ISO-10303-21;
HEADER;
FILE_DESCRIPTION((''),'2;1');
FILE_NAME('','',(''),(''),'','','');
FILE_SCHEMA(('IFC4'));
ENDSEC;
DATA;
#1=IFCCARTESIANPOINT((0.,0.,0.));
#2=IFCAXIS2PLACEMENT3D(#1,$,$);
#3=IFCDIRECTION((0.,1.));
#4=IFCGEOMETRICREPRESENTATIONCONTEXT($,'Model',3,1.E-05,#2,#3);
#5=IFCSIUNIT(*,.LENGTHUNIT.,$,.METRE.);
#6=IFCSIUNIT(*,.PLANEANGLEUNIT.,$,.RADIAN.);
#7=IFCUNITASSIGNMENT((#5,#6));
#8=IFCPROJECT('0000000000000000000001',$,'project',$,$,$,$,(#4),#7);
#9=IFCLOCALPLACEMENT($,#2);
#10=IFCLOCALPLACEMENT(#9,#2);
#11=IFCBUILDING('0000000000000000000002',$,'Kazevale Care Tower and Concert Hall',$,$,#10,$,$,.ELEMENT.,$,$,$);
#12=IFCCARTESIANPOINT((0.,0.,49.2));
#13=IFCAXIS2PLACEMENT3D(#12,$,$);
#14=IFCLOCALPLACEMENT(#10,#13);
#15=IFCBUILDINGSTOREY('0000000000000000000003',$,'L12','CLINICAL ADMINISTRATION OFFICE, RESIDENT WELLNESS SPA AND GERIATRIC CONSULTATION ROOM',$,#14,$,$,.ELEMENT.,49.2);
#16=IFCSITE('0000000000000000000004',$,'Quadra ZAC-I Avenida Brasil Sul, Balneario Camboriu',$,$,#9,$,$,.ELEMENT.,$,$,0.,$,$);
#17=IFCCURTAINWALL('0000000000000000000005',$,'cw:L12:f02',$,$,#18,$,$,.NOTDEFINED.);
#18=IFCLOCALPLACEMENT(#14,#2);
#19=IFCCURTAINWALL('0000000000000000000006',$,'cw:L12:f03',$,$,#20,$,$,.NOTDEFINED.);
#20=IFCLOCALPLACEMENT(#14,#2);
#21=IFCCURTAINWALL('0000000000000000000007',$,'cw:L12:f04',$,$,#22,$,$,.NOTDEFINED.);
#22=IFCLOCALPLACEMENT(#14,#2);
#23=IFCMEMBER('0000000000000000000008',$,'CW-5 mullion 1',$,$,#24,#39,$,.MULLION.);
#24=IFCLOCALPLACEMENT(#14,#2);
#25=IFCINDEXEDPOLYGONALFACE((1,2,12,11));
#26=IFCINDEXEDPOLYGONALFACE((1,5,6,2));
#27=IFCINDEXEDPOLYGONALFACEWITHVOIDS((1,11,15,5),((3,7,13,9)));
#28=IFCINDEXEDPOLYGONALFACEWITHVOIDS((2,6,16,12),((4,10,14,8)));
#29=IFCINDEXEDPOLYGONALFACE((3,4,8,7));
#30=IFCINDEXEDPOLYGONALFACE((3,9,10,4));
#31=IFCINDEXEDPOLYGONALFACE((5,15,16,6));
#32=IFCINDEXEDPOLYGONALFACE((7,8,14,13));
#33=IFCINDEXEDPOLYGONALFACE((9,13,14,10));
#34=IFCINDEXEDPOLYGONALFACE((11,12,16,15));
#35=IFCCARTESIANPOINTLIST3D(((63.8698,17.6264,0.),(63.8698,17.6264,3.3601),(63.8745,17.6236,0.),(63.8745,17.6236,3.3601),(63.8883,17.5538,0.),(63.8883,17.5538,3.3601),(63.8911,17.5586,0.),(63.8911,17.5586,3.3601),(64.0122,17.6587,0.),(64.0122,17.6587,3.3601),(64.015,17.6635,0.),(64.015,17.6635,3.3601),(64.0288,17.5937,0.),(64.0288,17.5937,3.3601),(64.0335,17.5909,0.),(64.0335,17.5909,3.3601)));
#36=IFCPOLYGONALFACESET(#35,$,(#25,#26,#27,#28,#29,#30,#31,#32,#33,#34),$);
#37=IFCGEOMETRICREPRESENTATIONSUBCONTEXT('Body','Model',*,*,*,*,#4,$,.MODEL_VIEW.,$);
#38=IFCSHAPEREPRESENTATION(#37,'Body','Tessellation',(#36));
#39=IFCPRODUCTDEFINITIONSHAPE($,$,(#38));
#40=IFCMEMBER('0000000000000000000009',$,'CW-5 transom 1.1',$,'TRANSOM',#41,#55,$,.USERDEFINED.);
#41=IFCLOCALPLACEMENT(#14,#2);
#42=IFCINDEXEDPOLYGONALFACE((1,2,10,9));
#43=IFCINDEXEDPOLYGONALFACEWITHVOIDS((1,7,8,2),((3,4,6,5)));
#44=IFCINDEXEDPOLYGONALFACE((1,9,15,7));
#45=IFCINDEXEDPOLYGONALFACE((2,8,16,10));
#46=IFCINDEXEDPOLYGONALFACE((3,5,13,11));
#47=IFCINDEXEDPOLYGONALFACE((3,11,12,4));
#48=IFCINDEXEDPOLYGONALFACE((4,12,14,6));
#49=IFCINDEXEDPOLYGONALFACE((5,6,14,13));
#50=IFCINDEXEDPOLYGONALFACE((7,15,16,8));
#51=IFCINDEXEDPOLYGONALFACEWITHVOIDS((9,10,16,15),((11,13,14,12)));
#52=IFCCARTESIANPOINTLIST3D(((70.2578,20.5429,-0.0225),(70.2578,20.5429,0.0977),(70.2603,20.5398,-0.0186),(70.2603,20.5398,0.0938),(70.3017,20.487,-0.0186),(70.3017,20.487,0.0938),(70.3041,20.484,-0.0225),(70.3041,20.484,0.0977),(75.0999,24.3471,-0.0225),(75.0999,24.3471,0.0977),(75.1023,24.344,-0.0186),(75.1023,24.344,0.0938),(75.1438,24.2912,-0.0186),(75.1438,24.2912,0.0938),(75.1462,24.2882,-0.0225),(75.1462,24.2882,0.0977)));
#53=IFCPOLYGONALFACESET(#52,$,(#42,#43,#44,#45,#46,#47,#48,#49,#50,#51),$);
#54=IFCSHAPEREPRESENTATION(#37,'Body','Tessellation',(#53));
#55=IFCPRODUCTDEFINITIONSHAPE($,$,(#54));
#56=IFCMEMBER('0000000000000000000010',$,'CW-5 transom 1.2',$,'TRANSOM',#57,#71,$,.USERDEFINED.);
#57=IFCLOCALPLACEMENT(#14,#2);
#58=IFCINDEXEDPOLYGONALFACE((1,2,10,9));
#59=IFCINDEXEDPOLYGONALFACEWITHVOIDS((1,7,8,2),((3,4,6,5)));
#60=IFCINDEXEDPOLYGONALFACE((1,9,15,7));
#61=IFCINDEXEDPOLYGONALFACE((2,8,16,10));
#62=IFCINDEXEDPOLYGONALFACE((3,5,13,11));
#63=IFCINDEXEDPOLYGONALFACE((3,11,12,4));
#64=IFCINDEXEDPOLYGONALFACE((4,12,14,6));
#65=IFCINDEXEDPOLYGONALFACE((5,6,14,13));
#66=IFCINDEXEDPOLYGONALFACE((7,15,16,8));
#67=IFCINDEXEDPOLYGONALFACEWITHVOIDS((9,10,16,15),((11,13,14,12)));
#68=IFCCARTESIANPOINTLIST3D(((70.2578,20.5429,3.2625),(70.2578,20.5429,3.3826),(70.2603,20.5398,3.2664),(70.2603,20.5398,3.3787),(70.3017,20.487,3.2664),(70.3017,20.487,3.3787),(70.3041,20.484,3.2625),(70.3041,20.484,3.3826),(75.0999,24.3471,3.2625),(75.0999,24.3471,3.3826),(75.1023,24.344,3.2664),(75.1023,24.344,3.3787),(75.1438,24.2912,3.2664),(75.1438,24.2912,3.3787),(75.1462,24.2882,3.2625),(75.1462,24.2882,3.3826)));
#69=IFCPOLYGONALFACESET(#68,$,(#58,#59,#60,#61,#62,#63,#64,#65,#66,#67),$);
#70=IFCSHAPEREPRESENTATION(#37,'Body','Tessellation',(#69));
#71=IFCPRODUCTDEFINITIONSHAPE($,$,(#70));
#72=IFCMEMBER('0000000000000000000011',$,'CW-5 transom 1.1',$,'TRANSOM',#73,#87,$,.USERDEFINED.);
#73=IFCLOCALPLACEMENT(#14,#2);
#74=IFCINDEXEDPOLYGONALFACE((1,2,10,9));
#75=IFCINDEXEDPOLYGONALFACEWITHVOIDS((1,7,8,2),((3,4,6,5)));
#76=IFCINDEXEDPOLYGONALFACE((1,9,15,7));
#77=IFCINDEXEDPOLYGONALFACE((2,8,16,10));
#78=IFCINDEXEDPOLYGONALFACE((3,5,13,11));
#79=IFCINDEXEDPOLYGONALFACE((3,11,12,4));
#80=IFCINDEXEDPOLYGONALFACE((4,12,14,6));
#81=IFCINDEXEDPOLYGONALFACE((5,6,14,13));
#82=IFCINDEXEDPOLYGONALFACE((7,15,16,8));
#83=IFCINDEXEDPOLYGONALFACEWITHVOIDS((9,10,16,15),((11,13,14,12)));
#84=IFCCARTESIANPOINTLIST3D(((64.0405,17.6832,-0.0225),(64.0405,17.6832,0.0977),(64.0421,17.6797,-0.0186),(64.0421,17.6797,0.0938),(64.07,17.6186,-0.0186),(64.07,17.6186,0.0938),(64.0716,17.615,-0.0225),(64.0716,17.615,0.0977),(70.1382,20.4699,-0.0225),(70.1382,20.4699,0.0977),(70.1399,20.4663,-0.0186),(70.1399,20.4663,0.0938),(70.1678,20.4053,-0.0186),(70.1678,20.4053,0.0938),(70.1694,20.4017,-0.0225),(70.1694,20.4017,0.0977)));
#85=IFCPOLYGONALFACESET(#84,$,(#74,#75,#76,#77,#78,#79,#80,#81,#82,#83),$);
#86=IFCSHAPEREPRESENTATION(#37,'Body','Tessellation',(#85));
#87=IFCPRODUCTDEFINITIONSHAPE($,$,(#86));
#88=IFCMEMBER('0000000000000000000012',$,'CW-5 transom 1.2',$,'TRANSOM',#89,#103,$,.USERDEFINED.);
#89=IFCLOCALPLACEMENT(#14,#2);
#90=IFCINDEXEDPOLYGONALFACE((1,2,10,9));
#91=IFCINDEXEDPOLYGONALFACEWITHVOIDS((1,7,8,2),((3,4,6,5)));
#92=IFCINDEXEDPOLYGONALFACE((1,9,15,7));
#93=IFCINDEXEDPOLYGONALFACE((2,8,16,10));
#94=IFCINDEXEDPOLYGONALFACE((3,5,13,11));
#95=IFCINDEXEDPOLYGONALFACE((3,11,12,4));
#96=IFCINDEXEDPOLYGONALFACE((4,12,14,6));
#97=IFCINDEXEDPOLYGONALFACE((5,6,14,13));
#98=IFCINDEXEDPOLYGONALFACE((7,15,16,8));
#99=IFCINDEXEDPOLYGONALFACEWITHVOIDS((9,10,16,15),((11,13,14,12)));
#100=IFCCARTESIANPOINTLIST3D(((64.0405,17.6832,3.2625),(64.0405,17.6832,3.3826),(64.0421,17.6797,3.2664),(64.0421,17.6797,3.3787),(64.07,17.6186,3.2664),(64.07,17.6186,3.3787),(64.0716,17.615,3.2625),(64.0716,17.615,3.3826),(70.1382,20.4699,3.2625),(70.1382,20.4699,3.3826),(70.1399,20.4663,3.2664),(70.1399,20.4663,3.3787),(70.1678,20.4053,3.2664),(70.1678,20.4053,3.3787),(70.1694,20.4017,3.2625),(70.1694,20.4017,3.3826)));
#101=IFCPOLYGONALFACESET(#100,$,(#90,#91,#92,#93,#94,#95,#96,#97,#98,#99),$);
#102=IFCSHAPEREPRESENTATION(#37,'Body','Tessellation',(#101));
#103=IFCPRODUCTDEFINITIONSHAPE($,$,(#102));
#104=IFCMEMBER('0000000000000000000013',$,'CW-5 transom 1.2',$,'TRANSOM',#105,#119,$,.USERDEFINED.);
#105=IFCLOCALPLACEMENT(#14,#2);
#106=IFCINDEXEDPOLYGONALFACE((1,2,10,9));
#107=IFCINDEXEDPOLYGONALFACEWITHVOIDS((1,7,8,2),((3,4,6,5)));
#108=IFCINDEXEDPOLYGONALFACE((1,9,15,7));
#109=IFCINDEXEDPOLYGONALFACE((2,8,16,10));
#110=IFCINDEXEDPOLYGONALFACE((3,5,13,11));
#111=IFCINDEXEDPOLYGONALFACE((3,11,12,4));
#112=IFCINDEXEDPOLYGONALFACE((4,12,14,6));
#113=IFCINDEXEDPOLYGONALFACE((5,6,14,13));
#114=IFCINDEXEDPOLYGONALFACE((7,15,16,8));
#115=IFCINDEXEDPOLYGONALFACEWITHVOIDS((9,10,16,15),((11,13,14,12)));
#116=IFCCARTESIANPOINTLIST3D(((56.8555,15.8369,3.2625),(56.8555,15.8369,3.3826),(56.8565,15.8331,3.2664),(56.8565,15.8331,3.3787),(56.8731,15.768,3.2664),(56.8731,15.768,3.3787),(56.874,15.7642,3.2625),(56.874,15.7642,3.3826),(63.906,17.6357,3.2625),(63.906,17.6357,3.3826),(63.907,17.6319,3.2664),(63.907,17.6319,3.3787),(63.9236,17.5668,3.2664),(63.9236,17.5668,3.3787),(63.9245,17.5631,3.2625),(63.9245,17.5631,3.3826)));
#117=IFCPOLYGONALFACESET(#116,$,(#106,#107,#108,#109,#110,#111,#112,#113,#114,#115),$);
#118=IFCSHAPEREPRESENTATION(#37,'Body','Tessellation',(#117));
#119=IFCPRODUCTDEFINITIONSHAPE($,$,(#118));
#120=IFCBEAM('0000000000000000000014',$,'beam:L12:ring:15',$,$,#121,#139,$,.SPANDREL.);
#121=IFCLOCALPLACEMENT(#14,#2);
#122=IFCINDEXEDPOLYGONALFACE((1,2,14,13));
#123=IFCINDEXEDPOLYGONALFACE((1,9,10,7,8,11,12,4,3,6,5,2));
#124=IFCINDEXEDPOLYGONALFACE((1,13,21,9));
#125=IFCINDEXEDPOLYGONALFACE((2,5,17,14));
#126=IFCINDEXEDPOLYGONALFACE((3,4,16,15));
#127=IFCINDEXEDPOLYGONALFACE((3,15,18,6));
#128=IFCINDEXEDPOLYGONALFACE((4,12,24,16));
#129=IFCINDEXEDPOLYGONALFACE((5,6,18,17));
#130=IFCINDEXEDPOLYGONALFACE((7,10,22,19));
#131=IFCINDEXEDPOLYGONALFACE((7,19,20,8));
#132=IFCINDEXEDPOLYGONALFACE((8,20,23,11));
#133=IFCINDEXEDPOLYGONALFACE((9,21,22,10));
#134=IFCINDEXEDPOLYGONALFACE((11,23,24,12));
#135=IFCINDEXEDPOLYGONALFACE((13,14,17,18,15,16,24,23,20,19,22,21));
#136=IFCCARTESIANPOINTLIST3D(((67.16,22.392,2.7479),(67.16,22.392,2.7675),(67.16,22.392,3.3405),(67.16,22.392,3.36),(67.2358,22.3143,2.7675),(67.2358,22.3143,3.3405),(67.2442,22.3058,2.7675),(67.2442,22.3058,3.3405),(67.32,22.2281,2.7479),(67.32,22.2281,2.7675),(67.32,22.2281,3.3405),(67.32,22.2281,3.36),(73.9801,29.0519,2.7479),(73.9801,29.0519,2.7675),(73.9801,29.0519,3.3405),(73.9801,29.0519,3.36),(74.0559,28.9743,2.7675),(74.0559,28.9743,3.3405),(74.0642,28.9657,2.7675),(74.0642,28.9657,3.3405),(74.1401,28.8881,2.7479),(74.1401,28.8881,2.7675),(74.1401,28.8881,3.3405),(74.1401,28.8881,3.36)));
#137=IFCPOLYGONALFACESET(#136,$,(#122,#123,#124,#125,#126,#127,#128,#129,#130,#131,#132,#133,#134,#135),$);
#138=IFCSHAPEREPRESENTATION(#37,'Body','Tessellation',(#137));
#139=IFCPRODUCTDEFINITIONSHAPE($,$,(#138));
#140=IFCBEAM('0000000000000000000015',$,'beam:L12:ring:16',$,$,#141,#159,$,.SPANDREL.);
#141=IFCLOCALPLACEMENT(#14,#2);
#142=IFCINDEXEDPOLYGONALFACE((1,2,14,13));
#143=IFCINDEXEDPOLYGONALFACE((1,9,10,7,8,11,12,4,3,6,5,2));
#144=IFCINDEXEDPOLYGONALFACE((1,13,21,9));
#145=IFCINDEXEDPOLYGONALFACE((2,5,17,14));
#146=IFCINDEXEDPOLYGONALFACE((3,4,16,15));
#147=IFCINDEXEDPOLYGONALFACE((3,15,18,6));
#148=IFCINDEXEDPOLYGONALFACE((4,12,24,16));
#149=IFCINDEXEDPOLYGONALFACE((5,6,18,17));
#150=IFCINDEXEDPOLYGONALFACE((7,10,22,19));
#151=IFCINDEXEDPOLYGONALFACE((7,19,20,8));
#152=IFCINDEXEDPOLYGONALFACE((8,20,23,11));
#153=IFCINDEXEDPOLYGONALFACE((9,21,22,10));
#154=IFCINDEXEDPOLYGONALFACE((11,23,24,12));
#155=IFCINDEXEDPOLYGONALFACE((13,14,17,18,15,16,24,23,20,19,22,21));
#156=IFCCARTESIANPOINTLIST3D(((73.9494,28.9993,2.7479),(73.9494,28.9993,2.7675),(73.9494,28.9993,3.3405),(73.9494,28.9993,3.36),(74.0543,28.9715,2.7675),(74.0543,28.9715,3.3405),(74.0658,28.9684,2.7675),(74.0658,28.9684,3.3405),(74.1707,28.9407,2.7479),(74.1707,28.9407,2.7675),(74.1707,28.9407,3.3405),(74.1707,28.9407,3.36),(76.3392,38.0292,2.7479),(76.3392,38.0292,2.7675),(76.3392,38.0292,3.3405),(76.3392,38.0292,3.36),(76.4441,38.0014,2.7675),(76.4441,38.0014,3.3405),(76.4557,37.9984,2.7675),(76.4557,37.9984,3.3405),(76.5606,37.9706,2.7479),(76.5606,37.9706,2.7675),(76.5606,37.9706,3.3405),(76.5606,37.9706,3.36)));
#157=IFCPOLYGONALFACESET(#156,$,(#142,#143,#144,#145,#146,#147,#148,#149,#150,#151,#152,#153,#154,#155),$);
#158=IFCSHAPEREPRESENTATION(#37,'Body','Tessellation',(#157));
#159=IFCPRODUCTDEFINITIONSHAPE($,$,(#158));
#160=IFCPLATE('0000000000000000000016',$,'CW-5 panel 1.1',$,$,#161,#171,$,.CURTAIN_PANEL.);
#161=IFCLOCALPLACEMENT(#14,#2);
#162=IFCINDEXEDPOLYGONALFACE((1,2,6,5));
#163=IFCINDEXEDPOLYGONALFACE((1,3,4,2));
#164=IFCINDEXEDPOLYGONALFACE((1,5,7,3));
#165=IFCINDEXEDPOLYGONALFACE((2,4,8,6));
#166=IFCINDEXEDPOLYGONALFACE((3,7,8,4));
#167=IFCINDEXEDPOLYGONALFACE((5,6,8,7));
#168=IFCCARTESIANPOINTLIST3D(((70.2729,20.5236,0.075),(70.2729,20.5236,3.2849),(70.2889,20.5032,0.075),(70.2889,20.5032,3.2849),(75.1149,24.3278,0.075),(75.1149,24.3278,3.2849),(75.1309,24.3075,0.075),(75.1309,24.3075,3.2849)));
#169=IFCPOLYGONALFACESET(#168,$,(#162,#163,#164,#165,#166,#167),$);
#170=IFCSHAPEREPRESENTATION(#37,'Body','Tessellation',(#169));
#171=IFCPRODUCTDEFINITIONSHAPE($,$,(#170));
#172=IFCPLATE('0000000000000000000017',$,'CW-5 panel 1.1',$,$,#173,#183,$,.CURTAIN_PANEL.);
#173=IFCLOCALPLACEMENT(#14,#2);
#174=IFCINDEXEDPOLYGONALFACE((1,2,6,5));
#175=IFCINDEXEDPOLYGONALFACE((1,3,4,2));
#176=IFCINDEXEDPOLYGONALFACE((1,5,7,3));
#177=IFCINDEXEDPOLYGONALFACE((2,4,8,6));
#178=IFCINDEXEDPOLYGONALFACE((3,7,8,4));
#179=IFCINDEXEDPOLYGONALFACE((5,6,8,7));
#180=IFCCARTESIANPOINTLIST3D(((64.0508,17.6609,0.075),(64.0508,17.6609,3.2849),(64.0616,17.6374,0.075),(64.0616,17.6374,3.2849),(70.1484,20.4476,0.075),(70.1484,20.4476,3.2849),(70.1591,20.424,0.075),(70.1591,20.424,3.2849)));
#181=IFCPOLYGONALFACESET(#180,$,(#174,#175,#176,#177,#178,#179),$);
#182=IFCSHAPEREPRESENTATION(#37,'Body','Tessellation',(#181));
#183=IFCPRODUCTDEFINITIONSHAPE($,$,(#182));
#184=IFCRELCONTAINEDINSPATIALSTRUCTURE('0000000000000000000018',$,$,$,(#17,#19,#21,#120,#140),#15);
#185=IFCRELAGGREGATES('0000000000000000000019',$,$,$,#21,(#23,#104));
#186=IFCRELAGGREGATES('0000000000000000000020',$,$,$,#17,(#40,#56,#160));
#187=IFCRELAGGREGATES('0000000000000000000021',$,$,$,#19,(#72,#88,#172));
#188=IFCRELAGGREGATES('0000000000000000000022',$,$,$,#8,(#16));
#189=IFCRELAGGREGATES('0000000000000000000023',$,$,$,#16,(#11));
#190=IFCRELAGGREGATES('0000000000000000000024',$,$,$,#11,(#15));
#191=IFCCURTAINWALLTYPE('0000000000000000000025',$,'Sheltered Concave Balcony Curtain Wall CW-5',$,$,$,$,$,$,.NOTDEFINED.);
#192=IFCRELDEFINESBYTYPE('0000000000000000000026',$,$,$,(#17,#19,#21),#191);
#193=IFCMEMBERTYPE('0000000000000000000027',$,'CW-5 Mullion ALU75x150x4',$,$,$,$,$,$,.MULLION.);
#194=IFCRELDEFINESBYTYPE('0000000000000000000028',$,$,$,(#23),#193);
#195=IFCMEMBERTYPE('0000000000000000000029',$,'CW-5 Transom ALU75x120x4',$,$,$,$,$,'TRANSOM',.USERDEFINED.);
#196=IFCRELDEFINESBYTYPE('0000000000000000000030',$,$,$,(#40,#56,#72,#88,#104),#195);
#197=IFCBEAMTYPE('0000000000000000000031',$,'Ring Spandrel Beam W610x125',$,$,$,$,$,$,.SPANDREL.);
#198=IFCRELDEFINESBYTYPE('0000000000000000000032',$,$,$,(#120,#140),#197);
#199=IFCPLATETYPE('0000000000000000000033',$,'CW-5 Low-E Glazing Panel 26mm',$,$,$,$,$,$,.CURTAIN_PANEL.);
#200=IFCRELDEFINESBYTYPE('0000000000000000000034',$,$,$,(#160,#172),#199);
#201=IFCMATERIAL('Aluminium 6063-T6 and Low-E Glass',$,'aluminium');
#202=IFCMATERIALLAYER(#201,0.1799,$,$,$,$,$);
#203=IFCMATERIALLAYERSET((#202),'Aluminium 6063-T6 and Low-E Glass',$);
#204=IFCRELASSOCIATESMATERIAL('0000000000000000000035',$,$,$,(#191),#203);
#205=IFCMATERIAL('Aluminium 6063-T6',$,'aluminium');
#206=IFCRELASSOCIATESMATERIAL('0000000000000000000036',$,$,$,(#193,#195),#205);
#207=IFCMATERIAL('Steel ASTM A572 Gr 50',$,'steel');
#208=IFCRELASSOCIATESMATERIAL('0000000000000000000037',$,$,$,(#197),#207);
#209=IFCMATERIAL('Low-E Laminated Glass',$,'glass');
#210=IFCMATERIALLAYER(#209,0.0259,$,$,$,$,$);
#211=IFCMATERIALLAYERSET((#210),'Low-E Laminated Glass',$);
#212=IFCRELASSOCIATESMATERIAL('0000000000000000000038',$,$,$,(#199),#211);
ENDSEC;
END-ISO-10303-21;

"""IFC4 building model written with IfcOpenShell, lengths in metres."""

from ifc_helpers import new_model, si_unit, direction, frame, origin, origin_2d, place, context, subcontext, project, spatial, rectangle, hollow_rectangle, i_section, extrude, material, layer, layer_set, material_profile, profile_set, type_object, element, aggregate, save


model = new_model("IFC4")

# Units and contexts
model_context = context("Model", 3, precision=1e-05, world=origin(), true_north=direction((0.0, 1.0)))
body_context = subcontext(model_context, "Body", "Model", "MODEL_VIEW")
ifc_project = project(units=[si_unit("LENGTHUNIT", "METRE"), si_unit("PLANEANGLEUNIT", "RADIAN")], contexts=[model_context])

# Site, building, storey
site_placement = place(None, origin())
site = spatial("IfcSite", under=ifc_project, at=site_placement, Name="Quadra ZAC-I Avenida Brasil Sul, Balneario Camboriu", CompositionType="ELEMENT", RefElevation=0.0)
building_placement = place(site_placement, origin())
building = spatial("IfcBuilding", under=site, at=building_placement, Name="Kazevale Care Tower and Concert Hall", CompositionType="ELEMENT")
storey_placement = place(building_placement, frame((0.0, 0.0, 49.2)))
storey = spatial("IfcBuildingStorey", under=building, at=storey_placement, Name="L12", Description="CLINICAL ADMINISTRATION OFFICE, RESIDENT WELLNESS SPA AND GERIATRIC CONSULTATION ROOM", CompositionType="ELEMENT", Elevation=49.2)

# Shared definitions
ifc_material_1 = material(Name="Aluminium 6063-T6 and Low-E Glass", Category="aluminium")
ifc_material_2 = material(Name="Aluminium 6063-T6", Category="aluminium")

# Curtain walls
ifc_layer_1 = layer(ifc_material_1, 0.1799)
ifc_layer_set_1 = layer_set([ifc_layer_1], Name="Aluminium 6063-T6 and Low-E Glass")
curtain_wall_type_1 = type_object("IfcCurtainWallType", Name="Sheltered Concave Balcony Curtain Wall CW-5", PredefinedType="NOTDEFINED", material=ifc_layer_set_1)
curtain_wall_1_placement = place(storey_placement, origin())
curtain_wall_1 = element("IfcCurtainWall", 1, at=curtain_wall_1_placement, inside=storey, type_object=curtain_wall_type_1, Name="cw:L12:f02", PredefinedType="NOTDEFINED")
ifc_material_profile_1 = material_profile(ifc_material_2, hollow_rectangle(XDim=0.075, YDim=0.1499, WallThickness=0.0039, at=origin_2d()), Name="ALU75x150x4")
ifc_profile_set_1 = profile_set([ifc_material_profile_1], Name="Aluminium 6063-T6")
member_type_1 = type_object("IfcMemberType", Name="CW-5 Mullion ALU75x150x4", PredefinedType="MULLION", material=ifc_profile_set_1)
curtain_wall_2_placement = place(storey_placement, origin())
curtain_wall_2 = element("IfcCurtainWall", 2, at=curtain_wall_2_placement, inside=storey, type_object=curtain_wall_type_1, Name="cw:L12:f03", PredefinedType="NOTDEFINED")

# Curtain wall, member
curtain_wall_3_placement = place(storey_placement, origin())
curtain_wall_3 = element("IfcCurtainWall", 3, at=curtain_wall_3_placement, inside=storey, type_object=curtain_wall_type_1, Name="cw:L12:f04", PredefinedType="NOTDEFINED")
member_1_placement = place(storey_placement, frame((63.9517, 17.6086, 0.0), z_axis=(0.0, 0.0, 1.0), x_axis=(0.247222, -0.968959, 0.0)))
member_1 = element("IfcMember", 4, at=member_1_placement, type_object=member_type_1, Name="CW-5 mullion 1", PredefinedType="MULLION", context=body_context, shape_type="SweptSolid", body=[
    extrude(hollow_rectangle(XDim=0.075, YDim=0.1499, WallThickness=0.0039, at=origin_2d()), origin(), (0.0, 0.0, 1.0), 3.3601),
])

# Members
ifc_material_profile_2 = material_profile(ifc_material_2, hollow_rectangle(XDim=0.075, YDim=0.1201, WallThickness=0.0039, at=origin_2d()), Name="ALU75x120x4")
ifc_profile_set_2 = profile_set([ifc_material_profile_2], Name="Aluminium 6063-T6")
member_type_2 = type_object("IfcMemberType", Name="CW-5 Transom ALU75x120x4", ElementType="TRANSOM", PredefinedType="USERDEFINED", material=ifc_profile_set_2)
member_2_placement = place(storey_placement, frame((75.123, 24.3176, 0.0376), z_axis=(-0.786339, -0.617795, 0.0), x_axis=(0.617795, -0.786339, 0.0)))
member_2 = element("IfcMember", 5, at=member_2_placement, type_object=member_type_2, Name="CW-5 transom 1.1", ObjectType="TRANSOM", PredefinedType="USERDEFINED", context=body_context, shape_type="SweptSolid", body=[
    extrude(hollow_rectangle(XDim=0.075, YDim=0.1201, WallThickness=0.0039, at=origin_2d()), origin(), (0.0, 0.0, 1.0), 6.1577),
])
member_3_placement = place(storey_placement, frame((75.123, 24.3176, 3.3225), z_axis=(-0.786339, -0.617795, 0.0), x_axis=(0.617795, -0.786339, 0.0)))
member_3 = element("IfcMember", 6, at=member_3_placement, type_object=member_type_2, Name="CW-5 transom 1.2", ObjectType="TRANSOM", PredefinedType="USERDEFINED", context=body_context, shape_type="SweptSolid", body=[
    extrude(hollow_rectangle(XDim=0.075, YDim=0.1201, WallThickness=0.0039, at=origin_2d()), origin(), (0.0, 0.0, 1.0), 6.1577),
])
member_4_placement = place(storey_placement, frame((70.1538, 20.4358, 0.0376), z_axis=(-0.909524, -0.415651, 0.0), x_axis=(0.415651, -0.909524, 0.0)))
member_4 = element("IfcMember", 7, at=member_4_placement, type_object=member_type_2, Name="CW-5 transom 1.1", ObjectType="TRANSOM", PredefinedType="USERDEFINED", context=body_context, shape_type="SweptSolid", body=[
    extrude(hollow_rectangle(XDim=0.075, YDim=0.1201, WallThickness=0.0039, at=origin_2d()), origin(), (0.0, 0.0, 1.0), 6.7043),
])
member_5_placement = place(storey_placement, frame((70.1538, 20.4358, 3.3225), z_axis=(-0.909524, -0.415651, 0.0), x_axis=(0.415651, -0.909524, 0.0)))
member_5 = element("IfcMember", 8, at=member_5_placement, type_object=member_type_2, Name="CW-5 transom 1.2", ObjectType="TRANSOM", PredefinedType="USERDEFINED", context=body_context, shape_type="SweptSolid", body=[
    extrude(hollow_rectangle(XDim=0.075, YDim=0.1201, WallThickness=0.0039, at=origin_2d()), origin(), (0.0, 0.0, 1.0), 6.7043),
])
member_6_placement = place(storey_placement, frame((63.9153, 17.5994, 3.3225), z_axis=(-0.968961, -0.247214, 0.0), x_axis=(0.247214, -0.968961, 0.0)))
member_6 = element("IfcMember", 9, at=member_6_placement, type_object=member_type_2, Name="CW-5 transom 1.2", ObjectType="TRANSOM", PredefinedType="USERDEFINED", context=body_context, shape_type="SweptSolid", body=[
    extrude(hollow_rectangle(XDim=0.075, YDim=0.1201, WallThickness=0.0039, at=origin_2d()), origin(), (0.0, 0.0, 1.0), 7.2764),
])
aggregate(curtain_wall_3, [member_1, member_6])

# Beams
ifc_material_3 = material(Name="Steel ASTM A572 Gr 50", Category="steel")
ifc_material_profile_3 = material_profile(ifc_material_3, i_section(OverallWidth=0.229, OverallDepth=0.6121, WebThickness=0.012, FlangeThickness=0.0195, at=origin_2d()), Name="W610x125")
ifc_profile_set_3 = profile_set([ifc_material_profile_3], Name="Steel ASTM A572 Gr 50")
beam_type = type_object("IfcBeamType", Name="Ring Spandrel Beam W610x125", PredefinedType="SPANDREL", material=ifc_profile_set_3)
beam_1_placement = place(storey_placement, frame((67.24, 22.3101, 3.054), z_axis=(0.715457, 0.698656, 0.0), x_axis=(-0.698656, 0.715457, 0.0)))
element("IfcBeam", 10, at=beam_1_placement, inside=storey, type_object=beam_type, Name="beam:L12:ring:15", PredefinedType="SPANDREL", context=body_context, shape_type="SweptSolid", body=[
    extrude(i_section(OverallWidth=0.229, OverallDepth=0.6121, WebThickness=0.012, FlangeThickness=0.0195, at=origin_2d()), origin(), (0.0, 0.0, 1.0), 9.5325),
])
beam_2_placement = place(storey_placement, frame((74.0601, 28.97, 3.054), z_axis=(0.255852, 0.966716, 0.0), x_axis=(-0.966716, 0.255852, 0.0)))
element("IfcBeam", 11, at=beam_2_placement, inside=storey, type_object=beam_type, Name="beam:L12:ring:16", PredefinedType="SPANDREL", context=body_context, shape_type="SweptSolid", body=[
    extrude(i_section(OverallWidth=0.229, OverallDepth=0.6121, WebThickness=0.012, FlangeThickness=0.0195, at=origin_2d()), origin(), (0.0, 0.0, 1.0), 9.3408),
])

# Plates
ifc_material_4 = material(Name="Low-E Laminated Glass", Category="glass")
ifc_layer_2 = layer(ifc_material_4, 0.0259)
ifc_layer_set_2 = layer_set([ifc_layer_2], Name="Low-E Laminated Glass")
plate_type = type_object("IfcPlateType", Name="CW-5 Low-E Glazing Panel 26mm", PredefinedType="CURTAIN_PANEL", material=ifc_layer_set_2)
plate_1_placement = place(storey_placement, frame((72.7019, 22.4155, 0.075), z_axis=(0.0, 0.0, 1.0), x_axis=(-0.786329, -0.617808, 0.0)))
plate_1 = element("IfcPlate", 12, at=plate_1_placement, type_object=plate_type, Name="CW-5 panel 1.1", PredefinedType="CURTAIN_PANEL", context=body_context, shape_type="SweptSolid", body=[
    extrude(rectangle(XDim=6.1577, YDim=0.0259, at=origin_2d()), origin(), (0.0, 0.0, 1.0), 3.21),
])
aggregate(curtain_wall_1, [member_2, member_3, plate_1])
plate_2_placement = place(storey_placement, frame((67.105, 19.0425, 0.075), z_axis=(0.0, 0.0, 1.0), x_axis=(-0.90952, -0.41566, 0.0)))
plate_2 = element("IfcPlate", 13, at=plate_2_placement, type_object=plate_type, Name="CW-5 panel 1.1", PredefinedType="CURTAIN_PANEL", context=body_context, shape_type="SweptSolid", body=[
    extrude(rectangle(XDim=6.7041, YDim=0.0259, at=origin_2d()), origin(), (0.0, 0.0, 1.0), 3.21),
])
aggregate(curtain_wall_2, [member_4, member_5, plate_2])

save(model, "model.ifc")
